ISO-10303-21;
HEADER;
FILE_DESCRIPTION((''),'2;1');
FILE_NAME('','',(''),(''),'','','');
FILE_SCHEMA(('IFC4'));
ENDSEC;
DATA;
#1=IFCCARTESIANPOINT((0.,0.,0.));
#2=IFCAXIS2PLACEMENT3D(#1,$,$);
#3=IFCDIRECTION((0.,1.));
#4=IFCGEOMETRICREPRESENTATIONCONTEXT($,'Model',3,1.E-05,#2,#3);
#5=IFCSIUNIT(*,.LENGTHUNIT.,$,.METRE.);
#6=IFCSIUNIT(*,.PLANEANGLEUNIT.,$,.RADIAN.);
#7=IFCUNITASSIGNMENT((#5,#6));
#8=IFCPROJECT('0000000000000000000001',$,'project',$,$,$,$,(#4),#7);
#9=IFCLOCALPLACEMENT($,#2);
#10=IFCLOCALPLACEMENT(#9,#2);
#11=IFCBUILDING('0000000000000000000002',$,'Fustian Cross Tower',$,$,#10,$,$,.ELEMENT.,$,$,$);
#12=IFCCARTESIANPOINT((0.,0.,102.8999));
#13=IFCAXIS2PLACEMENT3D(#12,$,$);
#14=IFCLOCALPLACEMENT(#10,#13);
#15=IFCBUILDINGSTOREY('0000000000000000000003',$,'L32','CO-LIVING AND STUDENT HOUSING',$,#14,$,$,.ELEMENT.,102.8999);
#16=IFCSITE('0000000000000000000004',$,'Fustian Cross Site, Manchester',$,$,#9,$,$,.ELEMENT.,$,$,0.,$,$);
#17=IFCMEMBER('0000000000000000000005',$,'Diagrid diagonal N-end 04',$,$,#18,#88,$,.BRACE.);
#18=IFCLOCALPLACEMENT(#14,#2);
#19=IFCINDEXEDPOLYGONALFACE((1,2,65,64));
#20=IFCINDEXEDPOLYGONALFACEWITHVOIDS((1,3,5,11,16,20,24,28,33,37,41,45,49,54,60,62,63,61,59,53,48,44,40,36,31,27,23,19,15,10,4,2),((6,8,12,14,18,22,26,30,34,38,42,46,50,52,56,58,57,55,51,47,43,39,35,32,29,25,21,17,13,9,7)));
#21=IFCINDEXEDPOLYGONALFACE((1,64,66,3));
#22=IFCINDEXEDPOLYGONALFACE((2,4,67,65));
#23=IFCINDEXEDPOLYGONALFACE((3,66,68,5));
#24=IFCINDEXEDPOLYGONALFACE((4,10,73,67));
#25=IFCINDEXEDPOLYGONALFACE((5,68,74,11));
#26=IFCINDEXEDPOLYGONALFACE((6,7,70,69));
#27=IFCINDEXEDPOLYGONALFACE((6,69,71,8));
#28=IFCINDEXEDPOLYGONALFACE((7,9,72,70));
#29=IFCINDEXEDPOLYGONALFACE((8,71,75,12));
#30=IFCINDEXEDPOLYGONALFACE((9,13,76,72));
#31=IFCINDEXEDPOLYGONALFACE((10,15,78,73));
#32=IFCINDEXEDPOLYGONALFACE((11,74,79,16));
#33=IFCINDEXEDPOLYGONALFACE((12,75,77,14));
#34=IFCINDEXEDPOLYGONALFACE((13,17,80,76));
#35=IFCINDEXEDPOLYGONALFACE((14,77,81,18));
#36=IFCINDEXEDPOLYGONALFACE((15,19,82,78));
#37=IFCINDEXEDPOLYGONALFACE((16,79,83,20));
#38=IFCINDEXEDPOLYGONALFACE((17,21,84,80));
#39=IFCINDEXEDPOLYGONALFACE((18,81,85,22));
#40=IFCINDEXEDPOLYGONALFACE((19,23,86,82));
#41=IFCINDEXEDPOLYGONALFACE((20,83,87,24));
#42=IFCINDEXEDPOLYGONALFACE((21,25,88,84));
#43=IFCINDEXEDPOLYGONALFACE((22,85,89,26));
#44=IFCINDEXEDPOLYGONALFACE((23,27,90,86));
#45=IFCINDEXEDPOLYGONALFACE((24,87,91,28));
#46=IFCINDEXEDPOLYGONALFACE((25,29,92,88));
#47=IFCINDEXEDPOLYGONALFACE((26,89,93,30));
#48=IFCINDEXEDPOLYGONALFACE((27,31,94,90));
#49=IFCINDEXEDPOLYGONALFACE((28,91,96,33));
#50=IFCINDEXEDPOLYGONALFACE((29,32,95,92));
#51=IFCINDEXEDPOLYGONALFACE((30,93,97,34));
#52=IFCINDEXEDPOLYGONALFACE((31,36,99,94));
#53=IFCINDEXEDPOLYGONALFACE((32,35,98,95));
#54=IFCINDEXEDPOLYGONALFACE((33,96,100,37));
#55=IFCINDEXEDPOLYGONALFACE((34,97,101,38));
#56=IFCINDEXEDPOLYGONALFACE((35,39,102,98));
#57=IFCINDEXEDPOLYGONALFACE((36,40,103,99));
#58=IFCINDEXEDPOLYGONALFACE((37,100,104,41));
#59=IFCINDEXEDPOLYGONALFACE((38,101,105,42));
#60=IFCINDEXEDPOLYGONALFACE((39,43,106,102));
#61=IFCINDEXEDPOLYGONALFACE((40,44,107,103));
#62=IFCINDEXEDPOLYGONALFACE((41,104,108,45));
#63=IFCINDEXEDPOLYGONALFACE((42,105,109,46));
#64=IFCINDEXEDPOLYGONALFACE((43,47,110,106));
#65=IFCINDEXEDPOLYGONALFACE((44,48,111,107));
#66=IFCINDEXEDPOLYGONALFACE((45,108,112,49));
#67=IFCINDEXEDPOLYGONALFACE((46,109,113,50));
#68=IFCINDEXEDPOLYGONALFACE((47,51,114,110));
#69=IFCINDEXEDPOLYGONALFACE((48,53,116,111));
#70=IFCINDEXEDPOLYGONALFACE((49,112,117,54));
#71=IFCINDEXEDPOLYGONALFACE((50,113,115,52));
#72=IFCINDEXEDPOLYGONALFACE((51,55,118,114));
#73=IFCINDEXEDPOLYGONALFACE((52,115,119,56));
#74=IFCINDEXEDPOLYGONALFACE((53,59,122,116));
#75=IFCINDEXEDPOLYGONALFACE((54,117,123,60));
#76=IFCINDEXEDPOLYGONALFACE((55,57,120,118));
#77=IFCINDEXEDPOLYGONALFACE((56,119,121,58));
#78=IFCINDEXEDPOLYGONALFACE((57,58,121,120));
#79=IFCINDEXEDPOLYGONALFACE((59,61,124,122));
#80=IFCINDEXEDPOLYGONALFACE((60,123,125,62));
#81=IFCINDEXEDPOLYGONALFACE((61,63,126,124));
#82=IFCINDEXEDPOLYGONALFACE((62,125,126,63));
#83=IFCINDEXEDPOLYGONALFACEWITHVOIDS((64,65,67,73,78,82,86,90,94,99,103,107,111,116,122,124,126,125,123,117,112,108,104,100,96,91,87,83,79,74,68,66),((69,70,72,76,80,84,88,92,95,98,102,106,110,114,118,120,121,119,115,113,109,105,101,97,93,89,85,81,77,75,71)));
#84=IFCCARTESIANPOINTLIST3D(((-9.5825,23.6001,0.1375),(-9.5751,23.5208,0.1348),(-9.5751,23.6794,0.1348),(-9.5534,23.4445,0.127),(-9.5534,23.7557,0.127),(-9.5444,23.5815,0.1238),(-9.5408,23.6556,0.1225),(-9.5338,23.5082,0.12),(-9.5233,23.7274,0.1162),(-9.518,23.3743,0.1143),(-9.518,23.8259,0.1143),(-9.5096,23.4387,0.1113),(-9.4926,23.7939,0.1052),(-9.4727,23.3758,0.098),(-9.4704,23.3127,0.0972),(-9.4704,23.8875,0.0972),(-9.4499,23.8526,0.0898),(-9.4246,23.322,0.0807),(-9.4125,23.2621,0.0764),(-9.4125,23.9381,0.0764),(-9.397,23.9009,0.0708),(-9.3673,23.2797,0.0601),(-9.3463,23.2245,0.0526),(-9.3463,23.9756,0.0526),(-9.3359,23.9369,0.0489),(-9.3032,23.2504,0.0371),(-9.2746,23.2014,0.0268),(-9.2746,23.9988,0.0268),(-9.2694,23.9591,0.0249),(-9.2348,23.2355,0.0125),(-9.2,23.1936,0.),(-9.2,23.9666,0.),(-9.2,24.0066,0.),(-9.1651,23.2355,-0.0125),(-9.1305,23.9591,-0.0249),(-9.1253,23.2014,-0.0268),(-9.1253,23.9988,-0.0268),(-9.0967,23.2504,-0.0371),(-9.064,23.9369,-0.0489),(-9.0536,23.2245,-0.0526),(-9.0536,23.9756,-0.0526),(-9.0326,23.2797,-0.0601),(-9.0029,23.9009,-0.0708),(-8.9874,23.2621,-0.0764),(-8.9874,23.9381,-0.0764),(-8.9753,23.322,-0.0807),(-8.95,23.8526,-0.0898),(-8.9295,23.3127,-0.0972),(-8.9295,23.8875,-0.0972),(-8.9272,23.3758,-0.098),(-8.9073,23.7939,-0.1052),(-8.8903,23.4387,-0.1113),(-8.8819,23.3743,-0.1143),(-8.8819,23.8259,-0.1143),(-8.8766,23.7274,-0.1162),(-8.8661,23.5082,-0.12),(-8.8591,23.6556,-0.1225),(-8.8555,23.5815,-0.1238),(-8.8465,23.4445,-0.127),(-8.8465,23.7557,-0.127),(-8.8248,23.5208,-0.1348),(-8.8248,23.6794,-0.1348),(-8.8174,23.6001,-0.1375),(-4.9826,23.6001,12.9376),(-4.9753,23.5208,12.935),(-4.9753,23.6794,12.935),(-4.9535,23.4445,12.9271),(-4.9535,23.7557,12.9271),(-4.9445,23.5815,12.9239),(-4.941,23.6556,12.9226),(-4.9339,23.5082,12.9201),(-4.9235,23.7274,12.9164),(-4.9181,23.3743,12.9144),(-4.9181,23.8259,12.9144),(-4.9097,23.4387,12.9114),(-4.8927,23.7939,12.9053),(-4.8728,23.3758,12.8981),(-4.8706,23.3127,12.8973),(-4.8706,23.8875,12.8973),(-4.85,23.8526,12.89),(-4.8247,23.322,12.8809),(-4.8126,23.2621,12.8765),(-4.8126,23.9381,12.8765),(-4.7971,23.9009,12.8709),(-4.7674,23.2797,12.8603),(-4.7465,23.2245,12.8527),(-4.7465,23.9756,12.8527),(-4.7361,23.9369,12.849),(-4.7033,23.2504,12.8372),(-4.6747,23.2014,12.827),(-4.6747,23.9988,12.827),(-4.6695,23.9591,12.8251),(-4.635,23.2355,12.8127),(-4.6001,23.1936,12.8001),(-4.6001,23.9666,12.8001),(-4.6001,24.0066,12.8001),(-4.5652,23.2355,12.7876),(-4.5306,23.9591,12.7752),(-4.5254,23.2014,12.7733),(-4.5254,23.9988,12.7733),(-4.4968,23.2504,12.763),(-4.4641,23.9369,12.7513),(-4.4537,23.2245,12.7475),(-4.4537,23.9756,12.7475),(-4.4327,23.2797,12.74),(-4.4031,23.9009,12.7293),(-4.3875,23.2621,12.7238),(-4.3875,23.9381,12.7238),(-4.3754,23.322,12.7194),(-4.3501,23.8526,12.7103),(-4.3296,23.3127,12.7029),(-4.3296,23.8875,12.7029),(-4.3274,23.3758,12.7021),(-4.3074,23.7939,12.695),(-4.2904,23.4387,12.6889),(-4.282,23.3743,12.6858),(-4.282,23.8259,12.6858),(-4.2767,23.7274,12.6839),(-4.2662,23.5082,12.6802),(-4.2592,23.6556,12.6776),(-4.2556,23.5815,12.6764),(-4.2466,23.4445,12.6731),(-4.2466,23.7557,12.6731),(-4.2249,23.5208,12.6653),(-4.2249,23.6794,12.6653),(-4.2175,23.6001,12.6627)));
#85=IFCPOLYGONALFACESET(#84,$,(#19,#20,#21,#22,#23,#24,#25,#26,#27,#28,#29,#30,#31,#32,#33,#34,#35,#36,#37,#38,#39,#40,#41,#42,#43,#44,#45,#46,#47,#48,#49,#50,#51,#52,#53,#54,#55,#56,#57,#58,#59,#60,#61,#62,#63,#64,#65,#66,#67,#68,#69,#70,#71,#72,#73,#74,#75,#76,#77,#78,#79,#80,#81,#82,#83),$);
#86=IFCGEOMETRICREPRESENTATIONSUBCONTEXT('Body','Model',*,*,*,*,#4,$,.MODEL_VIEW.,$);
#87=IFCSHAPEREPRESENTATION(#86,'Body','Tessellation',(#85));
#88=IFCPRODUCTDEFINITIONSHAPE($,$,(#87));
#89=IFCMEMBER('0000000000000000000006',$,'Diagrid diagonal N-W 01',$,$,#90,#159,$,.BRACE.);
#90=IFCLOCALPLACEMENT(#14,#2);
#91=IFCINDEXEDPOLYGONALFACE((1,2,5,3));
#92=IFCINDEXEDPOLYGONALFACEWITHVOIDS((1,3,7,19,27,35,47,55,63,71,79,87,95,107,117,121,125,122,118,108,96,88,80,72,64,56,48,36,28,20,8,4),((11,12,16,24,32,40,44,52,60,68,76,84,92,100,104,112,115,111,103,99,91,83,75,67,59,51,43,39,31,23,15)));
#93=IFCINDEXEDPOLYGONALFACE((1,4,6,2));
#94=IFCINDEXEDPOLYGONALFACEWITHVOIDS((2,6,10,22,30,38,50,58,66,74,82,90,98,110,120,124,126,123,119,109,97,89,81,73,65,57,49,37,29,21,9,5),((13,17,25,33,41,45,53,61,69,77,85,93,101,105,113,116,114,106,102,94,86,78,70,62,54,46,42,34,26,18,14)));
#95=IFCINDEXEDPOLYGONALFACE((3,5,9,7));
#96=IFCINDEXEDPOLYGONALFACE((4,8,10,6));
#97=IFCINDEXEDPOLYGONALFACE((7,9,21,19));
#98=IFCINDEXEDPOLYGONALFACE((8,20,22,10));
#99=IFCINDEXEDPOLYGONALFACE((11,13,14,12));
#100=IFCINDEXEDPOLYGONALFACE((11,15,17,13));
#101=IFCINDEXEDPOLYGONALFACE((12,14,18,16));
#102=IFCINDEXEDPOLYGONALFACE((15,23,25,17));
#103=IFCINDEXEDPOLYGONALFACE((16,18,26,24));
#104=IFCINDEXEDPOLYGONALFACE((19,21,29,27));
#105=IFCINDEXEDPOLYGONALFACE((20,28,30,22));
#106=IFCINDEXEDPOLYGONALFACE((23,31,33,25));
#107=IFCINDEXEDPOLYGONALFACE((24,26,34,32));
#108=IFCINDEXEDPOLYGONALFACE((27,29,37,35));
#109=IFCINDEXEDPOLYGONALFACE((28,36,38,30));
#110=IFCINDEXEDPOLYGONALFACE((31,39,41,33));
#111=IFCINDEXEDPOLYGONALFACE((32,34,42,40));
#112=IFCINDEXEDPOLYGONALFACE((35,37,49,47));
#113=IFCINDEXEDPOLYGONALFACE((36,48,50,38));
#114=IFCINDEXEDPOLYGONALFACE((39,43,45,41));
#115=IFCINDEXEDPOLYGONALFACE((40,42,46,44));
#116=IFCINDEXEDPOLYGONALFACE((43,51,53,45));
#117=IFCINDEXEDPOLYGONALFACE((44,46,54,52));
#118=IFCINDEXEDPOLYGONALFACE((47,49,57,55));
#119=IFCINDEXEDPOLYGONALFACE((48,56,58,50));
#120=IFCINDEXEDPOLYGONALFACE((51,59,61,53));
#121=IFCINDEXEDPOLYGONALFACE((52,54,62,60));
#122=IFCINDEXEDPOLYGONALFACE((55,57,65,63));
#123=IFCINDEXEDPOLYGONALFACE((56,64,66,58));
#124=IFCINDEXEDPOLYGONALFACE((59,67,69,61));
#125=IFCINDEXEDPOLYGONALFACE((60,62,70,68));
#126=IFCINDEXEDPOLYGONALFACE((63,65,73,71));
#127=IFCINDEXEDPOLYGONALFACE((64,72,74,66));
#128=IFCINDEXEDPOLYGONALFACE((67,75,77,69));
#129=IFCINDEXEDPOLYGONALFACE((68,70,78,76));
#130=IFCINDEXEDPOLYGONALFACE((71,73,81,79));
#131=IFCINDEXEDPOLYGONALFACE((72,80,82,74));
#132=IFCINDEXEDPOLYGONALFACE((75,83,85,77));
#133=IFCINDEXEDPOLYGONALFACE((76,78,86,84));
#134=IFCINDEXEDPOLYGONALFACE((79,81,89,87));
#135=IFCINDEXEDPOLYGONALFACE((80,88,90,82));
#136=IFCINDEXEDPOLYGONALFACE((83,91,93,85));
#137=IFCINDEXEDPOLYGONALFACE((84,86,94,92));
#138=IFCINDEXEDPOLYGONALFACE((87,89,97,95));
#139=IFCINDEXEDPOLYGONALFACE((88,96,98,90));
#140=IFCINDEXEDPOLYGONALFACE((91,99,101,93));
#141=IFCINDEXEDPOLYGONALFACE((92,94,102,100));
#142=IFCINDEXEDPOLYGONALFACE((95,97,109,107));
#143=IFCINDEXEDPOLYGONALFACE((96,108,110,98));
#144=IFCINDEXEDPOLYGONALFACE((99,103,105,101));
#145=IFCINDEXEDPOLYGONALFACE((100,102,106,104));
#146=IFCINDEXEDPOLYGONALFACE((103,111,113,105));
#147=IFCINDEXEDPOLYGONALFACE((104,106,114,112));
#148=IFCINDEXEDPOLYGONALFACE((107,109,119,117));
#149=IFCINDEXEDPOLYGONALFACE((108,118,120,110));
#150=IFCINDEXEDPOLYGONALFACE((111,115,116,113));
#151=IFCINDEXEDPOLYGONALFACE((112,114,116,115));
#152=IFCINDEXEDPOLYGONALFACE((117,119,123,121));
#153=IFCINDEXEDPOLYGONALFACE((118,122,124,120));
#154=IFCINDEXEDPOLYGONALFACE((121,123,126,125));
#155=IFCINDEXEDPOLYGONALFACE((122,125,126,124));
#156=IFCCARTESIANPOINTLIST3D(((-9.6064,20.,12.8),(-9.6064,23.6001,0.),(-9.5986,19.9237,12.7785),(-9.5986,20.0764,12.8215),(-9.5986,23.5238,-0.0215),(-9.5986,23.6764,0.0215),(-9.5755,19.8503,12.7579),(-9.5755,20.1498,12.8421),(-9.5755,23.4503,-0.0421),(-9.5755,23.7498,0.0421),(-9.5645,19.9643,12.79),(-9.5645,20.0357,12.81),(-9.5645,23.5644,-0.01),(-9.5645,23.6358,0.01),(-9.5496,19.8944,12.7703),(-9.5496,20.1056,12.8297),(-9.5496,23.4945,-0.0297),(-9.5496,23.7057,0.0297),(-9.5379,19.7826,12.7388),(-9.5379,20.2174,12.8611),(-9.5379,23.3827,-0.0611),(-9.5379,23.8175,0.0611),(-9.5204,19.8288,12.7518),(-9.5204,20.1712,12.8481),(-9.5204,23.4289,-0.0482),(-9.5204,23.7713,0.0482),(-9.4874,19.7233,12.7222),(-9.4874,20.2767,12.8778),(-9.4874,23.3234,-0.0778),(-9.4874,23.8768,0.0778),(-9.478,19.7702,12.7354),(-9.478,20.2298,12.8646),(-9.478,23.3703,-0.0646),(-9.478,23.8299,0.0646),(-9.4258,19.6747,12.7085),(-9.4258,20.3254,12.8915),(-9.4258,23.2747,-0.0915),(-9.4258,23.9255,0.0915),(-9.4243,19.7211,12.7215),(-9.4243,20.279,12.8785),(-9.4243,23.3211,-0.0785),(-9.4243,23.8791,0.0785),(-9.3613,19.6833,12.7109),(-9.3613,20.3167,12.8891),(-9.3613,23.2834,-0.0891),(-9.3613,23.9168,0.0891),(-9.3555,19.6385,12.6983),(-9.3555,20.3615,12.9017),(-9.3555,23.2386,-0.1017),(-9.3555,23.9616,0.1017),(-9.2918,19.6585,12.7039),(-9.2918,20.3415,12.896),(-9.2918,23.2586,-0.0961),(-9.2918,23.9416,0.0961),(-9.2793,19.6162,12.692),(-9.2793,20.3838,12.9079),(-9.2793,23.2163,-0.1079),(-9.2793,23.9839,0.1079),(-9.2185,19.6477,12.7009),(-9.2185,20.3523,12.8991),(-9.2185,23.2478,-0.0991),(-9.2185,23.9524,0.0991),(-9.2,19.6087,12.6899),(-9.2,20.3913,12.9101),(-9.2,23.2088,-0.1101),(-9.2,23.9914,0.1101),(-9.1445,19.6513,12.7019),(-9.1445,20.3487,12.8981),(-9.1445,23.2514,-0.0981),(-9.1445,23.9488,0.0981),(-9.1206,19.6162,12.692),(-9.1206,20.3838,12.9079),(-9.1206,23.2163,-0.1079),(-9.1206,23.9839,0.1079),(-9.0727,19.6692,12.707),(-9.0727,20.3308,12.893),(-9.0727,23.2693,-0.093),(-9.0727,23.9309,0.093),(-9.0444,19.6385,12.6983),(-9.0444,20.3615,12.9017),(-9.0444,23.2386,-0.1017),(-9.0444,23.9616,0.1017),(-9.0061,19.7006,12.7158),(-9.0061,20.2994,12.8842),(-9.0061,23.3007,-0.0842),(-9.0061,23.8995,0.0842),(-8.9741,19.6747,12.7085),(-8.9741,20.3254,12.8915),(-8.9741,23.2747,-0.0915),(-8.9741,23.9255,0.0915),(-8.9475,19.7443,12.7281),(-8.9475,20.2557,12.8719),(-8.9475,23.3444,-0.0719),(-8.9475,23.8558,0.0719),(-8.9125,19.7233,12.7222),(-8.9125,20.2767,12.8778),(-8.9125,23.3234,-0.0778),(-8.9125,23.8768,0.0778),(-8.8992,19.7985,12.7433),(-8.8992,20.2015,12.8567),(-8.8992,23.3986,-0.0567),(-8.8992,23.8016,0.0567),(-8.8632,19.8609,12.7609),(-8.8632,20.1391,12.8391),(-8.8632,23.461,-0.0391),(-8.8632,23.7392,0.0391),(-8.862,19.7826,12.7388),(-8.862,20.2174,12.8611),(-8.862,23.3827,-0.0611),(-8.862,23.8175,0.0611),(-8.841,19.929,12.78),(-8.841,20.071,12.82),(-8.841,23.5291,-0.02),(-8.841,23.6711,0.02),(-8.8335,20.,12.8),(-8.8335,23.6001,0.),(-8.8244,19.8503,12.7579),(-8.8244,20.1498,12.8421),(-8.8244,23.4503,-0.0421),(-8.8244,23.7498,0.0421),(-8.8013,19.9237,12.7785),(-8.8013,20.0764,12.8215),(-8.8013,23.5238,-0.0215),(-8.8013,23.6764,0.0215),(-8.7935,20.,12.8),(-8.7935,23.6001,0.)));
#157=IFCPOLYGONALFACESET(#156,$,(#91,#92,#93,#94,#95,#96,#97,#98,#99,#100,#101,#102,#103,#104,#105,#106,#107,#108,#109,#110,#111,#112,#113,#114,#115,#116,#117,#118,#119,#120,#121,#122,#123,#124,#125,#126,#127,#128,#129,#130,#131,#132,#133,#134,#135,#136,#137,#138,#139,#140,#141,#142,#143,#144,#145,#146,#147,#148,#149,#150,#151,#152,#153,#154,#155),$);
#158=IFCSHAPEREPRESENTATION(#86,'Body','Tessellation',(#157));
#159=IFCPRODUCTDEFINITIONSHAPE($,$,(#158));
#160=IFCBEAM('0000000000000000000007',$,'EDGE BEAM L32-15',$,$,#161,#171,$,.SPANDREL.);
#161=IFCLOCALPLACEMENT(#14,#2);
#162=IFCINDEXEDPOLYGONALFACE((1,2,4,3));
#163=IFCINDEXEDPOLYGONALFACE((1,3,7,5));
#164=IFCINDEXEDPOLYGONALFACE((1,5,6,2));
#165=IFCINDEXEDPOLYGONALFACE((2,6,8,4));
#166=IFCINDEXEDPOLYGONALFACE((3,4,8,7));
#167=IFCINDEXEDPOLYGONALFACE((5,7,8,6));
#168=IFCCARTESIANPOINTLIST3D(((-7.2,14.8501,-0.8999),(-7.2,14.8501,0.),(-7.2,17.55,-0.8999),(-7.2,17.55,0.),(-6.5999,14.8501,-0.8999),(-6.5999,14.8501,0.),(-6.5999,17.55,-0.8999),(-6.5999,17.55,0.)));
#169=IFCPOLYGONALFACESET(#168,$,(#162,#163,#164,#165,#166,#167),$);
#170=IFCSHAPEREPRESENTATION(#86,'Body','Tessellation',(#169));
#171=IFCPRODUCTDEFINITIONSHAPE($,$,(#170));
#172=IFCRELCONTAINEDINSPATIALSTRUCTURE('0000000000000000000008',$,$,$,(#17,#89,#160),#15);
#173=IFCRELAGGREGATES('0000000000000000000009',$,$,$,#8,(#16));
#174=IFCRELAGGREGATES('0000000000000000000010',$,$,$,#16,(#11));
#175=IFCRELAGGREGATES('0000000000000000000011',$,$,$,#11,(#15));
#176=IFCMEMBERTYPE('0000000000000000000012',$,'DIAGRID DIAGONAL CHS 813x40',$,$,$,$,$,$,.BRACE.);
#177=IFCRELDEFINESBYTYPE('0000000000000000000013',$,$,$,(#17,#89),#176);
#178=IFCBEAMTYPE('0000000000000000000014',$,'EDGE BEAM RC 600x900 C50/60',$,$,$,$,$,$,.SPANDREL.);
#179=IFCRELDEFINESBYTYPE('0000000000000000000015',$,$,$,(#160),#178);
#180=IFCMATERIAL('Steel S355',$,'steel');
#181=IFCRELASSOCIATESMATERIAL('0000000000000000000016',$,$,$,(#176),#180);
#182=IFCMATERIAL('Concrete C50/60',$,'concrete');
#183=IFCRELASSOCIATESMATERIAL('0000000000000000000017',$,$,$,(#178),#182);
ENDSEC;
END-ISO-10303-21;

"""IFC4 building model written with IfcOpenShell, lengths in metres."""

from ifc_helpers import new_model, si_unit, direction, frame, origin, origin_2d, place, context, subcontext, project, spatial, rectangle, hollow_circle, extrude, material, material_profile, profile_set, type_object, element, save


model = new_model("IFC4")

# Units and contexts
model_context = context("Model", 3, precision=1e-05, world=origin(), true_north=direction((0.0, 1.0)))
body_context = subcontext(model_context, "Body", "Model", "MODEL_VIEW")
ifc_project = project(units=[si_unit("LENGTHUNIT", "METRE"), si_unit("PLANEANGLEUNIT", "RADIAN")], contexts=[model_context])

# Site, building, storey
site_placement = place(None, origin())
site = spatial("IfcSite", under=ifc_project, at=site_placement, Name="Fustian Cross Site, Manchester", CompositionType="ELEMENT", RefElevation=0.0)
building_placement = place(site_placement, origin())
building = spatial("IfcBuilding", under=site, at=building_placement, Name="Fustian Cross Tower", CompositionType="ELEMENT")
storey_placement = place(building_placement, frame((0.0, 0.0, 102.8999)))
storey = spatial("IfcBuildingStorey", under=building, at=storey_placement, Name="L32", Description="CO-LIVING AND STUDENT HOUSING", CompositionType="ELEMENT", Elevation=102.8999)

# Members
ifc_material_1 = material(Name="Steel S355", Category="steel")
ifc_material_profile_1 = material_profile(ifc_material_1, hollow_circle(Radius=0.4065, WallThickness=0.04, at=origin_2d()), Name="CHS 813x40")
ifc_profile_set_1 = profile_set([ifc_material_profile_1], Name="Steel S355")
member_type_1 = type_object("IfcMemberType", Name="DIAGRID DIAGONAL CHS 813x40", PredefinedType="BRACE", material=ifc_profile_set_1)
member_1_placement = place(storey_placement, frame((-9.2, 23.6001, 0.0), z_axis=(0.338188, 0.0, 0.941079), x_axis=(0.0, 1.0, 0.0)))
element("IfcMember", 1, at=member_1_placement, inside=storey, type_object=member_type_1, Name="Diagrid diagonal N-end 04", PredefinedType="BRACE", context=body_context, shape_type="SweptSolid", body=[
    extrude(hollow_circle(Radius=0.4065, WallThickness=0.04, at=origin_2d()), origin(), (0.0, 0.0, 1.0), 13.6016),
])
member_2_placement = place(storey_placement, frame((-9.2, 23.6001, 0.0), z_axis=(0.0, -0.270751, 0.962649), x_axis=(1.0, 0.0, 0.0)))
element("IfcMember", 2, at=member_2_placement, inside=storey, type_object=member_type_1, Name="Diagrid diagonal N-W 01", PredefinedType="BRACE", context=body_context, shape_type="SweptSolid", body=[
    extrude(hollow_circle(Radius=0.4065, WallThickness=0.04, at=origin_2d()), origin(), (0.0, 0.0, 1.0), 13.2966),
])

# Beam
ifc_material_2 = material(Name="Concrete C50/60", Category="concrete")
ifc_material_profile_2 = material_profile(ifc_material_2, rectangle(XDim=0.6001, YDim=0.8999, at=origin_2d()), Name="RC 600x900")
ifc_profile_set_2 = profile_set([ifc_material_profile_2], Name="Concrete C50/60")
beam_type = type_object("IfcBeamType", Name="EDGE BEAM RC 600x900 C50/60", PredefinedType="SPANDREL", material=ifc_profile_set_2)
beam_placement = place(storey_placement, frame((-6.8999, 17.55, -0.45), z_axis=(0.0, -1.0, 0.0), x_axis=(1.0, 0.0, 0.0)))
element("IfcBeam", 3, at=beam_placement, inside=storey, type_object=beam_type, Name="EDGE BEAM L32-15", PredefinedType="SPANDREL", context=body_context, shape_type="SweptSolid", body=[
    extrude(rectangle(XDim=0.6001, YDim=0.8999, at=origin_2d()), origin(), (0.0, 0.0, 1.0), 2.7),
])

save(model, "model.ifc")
